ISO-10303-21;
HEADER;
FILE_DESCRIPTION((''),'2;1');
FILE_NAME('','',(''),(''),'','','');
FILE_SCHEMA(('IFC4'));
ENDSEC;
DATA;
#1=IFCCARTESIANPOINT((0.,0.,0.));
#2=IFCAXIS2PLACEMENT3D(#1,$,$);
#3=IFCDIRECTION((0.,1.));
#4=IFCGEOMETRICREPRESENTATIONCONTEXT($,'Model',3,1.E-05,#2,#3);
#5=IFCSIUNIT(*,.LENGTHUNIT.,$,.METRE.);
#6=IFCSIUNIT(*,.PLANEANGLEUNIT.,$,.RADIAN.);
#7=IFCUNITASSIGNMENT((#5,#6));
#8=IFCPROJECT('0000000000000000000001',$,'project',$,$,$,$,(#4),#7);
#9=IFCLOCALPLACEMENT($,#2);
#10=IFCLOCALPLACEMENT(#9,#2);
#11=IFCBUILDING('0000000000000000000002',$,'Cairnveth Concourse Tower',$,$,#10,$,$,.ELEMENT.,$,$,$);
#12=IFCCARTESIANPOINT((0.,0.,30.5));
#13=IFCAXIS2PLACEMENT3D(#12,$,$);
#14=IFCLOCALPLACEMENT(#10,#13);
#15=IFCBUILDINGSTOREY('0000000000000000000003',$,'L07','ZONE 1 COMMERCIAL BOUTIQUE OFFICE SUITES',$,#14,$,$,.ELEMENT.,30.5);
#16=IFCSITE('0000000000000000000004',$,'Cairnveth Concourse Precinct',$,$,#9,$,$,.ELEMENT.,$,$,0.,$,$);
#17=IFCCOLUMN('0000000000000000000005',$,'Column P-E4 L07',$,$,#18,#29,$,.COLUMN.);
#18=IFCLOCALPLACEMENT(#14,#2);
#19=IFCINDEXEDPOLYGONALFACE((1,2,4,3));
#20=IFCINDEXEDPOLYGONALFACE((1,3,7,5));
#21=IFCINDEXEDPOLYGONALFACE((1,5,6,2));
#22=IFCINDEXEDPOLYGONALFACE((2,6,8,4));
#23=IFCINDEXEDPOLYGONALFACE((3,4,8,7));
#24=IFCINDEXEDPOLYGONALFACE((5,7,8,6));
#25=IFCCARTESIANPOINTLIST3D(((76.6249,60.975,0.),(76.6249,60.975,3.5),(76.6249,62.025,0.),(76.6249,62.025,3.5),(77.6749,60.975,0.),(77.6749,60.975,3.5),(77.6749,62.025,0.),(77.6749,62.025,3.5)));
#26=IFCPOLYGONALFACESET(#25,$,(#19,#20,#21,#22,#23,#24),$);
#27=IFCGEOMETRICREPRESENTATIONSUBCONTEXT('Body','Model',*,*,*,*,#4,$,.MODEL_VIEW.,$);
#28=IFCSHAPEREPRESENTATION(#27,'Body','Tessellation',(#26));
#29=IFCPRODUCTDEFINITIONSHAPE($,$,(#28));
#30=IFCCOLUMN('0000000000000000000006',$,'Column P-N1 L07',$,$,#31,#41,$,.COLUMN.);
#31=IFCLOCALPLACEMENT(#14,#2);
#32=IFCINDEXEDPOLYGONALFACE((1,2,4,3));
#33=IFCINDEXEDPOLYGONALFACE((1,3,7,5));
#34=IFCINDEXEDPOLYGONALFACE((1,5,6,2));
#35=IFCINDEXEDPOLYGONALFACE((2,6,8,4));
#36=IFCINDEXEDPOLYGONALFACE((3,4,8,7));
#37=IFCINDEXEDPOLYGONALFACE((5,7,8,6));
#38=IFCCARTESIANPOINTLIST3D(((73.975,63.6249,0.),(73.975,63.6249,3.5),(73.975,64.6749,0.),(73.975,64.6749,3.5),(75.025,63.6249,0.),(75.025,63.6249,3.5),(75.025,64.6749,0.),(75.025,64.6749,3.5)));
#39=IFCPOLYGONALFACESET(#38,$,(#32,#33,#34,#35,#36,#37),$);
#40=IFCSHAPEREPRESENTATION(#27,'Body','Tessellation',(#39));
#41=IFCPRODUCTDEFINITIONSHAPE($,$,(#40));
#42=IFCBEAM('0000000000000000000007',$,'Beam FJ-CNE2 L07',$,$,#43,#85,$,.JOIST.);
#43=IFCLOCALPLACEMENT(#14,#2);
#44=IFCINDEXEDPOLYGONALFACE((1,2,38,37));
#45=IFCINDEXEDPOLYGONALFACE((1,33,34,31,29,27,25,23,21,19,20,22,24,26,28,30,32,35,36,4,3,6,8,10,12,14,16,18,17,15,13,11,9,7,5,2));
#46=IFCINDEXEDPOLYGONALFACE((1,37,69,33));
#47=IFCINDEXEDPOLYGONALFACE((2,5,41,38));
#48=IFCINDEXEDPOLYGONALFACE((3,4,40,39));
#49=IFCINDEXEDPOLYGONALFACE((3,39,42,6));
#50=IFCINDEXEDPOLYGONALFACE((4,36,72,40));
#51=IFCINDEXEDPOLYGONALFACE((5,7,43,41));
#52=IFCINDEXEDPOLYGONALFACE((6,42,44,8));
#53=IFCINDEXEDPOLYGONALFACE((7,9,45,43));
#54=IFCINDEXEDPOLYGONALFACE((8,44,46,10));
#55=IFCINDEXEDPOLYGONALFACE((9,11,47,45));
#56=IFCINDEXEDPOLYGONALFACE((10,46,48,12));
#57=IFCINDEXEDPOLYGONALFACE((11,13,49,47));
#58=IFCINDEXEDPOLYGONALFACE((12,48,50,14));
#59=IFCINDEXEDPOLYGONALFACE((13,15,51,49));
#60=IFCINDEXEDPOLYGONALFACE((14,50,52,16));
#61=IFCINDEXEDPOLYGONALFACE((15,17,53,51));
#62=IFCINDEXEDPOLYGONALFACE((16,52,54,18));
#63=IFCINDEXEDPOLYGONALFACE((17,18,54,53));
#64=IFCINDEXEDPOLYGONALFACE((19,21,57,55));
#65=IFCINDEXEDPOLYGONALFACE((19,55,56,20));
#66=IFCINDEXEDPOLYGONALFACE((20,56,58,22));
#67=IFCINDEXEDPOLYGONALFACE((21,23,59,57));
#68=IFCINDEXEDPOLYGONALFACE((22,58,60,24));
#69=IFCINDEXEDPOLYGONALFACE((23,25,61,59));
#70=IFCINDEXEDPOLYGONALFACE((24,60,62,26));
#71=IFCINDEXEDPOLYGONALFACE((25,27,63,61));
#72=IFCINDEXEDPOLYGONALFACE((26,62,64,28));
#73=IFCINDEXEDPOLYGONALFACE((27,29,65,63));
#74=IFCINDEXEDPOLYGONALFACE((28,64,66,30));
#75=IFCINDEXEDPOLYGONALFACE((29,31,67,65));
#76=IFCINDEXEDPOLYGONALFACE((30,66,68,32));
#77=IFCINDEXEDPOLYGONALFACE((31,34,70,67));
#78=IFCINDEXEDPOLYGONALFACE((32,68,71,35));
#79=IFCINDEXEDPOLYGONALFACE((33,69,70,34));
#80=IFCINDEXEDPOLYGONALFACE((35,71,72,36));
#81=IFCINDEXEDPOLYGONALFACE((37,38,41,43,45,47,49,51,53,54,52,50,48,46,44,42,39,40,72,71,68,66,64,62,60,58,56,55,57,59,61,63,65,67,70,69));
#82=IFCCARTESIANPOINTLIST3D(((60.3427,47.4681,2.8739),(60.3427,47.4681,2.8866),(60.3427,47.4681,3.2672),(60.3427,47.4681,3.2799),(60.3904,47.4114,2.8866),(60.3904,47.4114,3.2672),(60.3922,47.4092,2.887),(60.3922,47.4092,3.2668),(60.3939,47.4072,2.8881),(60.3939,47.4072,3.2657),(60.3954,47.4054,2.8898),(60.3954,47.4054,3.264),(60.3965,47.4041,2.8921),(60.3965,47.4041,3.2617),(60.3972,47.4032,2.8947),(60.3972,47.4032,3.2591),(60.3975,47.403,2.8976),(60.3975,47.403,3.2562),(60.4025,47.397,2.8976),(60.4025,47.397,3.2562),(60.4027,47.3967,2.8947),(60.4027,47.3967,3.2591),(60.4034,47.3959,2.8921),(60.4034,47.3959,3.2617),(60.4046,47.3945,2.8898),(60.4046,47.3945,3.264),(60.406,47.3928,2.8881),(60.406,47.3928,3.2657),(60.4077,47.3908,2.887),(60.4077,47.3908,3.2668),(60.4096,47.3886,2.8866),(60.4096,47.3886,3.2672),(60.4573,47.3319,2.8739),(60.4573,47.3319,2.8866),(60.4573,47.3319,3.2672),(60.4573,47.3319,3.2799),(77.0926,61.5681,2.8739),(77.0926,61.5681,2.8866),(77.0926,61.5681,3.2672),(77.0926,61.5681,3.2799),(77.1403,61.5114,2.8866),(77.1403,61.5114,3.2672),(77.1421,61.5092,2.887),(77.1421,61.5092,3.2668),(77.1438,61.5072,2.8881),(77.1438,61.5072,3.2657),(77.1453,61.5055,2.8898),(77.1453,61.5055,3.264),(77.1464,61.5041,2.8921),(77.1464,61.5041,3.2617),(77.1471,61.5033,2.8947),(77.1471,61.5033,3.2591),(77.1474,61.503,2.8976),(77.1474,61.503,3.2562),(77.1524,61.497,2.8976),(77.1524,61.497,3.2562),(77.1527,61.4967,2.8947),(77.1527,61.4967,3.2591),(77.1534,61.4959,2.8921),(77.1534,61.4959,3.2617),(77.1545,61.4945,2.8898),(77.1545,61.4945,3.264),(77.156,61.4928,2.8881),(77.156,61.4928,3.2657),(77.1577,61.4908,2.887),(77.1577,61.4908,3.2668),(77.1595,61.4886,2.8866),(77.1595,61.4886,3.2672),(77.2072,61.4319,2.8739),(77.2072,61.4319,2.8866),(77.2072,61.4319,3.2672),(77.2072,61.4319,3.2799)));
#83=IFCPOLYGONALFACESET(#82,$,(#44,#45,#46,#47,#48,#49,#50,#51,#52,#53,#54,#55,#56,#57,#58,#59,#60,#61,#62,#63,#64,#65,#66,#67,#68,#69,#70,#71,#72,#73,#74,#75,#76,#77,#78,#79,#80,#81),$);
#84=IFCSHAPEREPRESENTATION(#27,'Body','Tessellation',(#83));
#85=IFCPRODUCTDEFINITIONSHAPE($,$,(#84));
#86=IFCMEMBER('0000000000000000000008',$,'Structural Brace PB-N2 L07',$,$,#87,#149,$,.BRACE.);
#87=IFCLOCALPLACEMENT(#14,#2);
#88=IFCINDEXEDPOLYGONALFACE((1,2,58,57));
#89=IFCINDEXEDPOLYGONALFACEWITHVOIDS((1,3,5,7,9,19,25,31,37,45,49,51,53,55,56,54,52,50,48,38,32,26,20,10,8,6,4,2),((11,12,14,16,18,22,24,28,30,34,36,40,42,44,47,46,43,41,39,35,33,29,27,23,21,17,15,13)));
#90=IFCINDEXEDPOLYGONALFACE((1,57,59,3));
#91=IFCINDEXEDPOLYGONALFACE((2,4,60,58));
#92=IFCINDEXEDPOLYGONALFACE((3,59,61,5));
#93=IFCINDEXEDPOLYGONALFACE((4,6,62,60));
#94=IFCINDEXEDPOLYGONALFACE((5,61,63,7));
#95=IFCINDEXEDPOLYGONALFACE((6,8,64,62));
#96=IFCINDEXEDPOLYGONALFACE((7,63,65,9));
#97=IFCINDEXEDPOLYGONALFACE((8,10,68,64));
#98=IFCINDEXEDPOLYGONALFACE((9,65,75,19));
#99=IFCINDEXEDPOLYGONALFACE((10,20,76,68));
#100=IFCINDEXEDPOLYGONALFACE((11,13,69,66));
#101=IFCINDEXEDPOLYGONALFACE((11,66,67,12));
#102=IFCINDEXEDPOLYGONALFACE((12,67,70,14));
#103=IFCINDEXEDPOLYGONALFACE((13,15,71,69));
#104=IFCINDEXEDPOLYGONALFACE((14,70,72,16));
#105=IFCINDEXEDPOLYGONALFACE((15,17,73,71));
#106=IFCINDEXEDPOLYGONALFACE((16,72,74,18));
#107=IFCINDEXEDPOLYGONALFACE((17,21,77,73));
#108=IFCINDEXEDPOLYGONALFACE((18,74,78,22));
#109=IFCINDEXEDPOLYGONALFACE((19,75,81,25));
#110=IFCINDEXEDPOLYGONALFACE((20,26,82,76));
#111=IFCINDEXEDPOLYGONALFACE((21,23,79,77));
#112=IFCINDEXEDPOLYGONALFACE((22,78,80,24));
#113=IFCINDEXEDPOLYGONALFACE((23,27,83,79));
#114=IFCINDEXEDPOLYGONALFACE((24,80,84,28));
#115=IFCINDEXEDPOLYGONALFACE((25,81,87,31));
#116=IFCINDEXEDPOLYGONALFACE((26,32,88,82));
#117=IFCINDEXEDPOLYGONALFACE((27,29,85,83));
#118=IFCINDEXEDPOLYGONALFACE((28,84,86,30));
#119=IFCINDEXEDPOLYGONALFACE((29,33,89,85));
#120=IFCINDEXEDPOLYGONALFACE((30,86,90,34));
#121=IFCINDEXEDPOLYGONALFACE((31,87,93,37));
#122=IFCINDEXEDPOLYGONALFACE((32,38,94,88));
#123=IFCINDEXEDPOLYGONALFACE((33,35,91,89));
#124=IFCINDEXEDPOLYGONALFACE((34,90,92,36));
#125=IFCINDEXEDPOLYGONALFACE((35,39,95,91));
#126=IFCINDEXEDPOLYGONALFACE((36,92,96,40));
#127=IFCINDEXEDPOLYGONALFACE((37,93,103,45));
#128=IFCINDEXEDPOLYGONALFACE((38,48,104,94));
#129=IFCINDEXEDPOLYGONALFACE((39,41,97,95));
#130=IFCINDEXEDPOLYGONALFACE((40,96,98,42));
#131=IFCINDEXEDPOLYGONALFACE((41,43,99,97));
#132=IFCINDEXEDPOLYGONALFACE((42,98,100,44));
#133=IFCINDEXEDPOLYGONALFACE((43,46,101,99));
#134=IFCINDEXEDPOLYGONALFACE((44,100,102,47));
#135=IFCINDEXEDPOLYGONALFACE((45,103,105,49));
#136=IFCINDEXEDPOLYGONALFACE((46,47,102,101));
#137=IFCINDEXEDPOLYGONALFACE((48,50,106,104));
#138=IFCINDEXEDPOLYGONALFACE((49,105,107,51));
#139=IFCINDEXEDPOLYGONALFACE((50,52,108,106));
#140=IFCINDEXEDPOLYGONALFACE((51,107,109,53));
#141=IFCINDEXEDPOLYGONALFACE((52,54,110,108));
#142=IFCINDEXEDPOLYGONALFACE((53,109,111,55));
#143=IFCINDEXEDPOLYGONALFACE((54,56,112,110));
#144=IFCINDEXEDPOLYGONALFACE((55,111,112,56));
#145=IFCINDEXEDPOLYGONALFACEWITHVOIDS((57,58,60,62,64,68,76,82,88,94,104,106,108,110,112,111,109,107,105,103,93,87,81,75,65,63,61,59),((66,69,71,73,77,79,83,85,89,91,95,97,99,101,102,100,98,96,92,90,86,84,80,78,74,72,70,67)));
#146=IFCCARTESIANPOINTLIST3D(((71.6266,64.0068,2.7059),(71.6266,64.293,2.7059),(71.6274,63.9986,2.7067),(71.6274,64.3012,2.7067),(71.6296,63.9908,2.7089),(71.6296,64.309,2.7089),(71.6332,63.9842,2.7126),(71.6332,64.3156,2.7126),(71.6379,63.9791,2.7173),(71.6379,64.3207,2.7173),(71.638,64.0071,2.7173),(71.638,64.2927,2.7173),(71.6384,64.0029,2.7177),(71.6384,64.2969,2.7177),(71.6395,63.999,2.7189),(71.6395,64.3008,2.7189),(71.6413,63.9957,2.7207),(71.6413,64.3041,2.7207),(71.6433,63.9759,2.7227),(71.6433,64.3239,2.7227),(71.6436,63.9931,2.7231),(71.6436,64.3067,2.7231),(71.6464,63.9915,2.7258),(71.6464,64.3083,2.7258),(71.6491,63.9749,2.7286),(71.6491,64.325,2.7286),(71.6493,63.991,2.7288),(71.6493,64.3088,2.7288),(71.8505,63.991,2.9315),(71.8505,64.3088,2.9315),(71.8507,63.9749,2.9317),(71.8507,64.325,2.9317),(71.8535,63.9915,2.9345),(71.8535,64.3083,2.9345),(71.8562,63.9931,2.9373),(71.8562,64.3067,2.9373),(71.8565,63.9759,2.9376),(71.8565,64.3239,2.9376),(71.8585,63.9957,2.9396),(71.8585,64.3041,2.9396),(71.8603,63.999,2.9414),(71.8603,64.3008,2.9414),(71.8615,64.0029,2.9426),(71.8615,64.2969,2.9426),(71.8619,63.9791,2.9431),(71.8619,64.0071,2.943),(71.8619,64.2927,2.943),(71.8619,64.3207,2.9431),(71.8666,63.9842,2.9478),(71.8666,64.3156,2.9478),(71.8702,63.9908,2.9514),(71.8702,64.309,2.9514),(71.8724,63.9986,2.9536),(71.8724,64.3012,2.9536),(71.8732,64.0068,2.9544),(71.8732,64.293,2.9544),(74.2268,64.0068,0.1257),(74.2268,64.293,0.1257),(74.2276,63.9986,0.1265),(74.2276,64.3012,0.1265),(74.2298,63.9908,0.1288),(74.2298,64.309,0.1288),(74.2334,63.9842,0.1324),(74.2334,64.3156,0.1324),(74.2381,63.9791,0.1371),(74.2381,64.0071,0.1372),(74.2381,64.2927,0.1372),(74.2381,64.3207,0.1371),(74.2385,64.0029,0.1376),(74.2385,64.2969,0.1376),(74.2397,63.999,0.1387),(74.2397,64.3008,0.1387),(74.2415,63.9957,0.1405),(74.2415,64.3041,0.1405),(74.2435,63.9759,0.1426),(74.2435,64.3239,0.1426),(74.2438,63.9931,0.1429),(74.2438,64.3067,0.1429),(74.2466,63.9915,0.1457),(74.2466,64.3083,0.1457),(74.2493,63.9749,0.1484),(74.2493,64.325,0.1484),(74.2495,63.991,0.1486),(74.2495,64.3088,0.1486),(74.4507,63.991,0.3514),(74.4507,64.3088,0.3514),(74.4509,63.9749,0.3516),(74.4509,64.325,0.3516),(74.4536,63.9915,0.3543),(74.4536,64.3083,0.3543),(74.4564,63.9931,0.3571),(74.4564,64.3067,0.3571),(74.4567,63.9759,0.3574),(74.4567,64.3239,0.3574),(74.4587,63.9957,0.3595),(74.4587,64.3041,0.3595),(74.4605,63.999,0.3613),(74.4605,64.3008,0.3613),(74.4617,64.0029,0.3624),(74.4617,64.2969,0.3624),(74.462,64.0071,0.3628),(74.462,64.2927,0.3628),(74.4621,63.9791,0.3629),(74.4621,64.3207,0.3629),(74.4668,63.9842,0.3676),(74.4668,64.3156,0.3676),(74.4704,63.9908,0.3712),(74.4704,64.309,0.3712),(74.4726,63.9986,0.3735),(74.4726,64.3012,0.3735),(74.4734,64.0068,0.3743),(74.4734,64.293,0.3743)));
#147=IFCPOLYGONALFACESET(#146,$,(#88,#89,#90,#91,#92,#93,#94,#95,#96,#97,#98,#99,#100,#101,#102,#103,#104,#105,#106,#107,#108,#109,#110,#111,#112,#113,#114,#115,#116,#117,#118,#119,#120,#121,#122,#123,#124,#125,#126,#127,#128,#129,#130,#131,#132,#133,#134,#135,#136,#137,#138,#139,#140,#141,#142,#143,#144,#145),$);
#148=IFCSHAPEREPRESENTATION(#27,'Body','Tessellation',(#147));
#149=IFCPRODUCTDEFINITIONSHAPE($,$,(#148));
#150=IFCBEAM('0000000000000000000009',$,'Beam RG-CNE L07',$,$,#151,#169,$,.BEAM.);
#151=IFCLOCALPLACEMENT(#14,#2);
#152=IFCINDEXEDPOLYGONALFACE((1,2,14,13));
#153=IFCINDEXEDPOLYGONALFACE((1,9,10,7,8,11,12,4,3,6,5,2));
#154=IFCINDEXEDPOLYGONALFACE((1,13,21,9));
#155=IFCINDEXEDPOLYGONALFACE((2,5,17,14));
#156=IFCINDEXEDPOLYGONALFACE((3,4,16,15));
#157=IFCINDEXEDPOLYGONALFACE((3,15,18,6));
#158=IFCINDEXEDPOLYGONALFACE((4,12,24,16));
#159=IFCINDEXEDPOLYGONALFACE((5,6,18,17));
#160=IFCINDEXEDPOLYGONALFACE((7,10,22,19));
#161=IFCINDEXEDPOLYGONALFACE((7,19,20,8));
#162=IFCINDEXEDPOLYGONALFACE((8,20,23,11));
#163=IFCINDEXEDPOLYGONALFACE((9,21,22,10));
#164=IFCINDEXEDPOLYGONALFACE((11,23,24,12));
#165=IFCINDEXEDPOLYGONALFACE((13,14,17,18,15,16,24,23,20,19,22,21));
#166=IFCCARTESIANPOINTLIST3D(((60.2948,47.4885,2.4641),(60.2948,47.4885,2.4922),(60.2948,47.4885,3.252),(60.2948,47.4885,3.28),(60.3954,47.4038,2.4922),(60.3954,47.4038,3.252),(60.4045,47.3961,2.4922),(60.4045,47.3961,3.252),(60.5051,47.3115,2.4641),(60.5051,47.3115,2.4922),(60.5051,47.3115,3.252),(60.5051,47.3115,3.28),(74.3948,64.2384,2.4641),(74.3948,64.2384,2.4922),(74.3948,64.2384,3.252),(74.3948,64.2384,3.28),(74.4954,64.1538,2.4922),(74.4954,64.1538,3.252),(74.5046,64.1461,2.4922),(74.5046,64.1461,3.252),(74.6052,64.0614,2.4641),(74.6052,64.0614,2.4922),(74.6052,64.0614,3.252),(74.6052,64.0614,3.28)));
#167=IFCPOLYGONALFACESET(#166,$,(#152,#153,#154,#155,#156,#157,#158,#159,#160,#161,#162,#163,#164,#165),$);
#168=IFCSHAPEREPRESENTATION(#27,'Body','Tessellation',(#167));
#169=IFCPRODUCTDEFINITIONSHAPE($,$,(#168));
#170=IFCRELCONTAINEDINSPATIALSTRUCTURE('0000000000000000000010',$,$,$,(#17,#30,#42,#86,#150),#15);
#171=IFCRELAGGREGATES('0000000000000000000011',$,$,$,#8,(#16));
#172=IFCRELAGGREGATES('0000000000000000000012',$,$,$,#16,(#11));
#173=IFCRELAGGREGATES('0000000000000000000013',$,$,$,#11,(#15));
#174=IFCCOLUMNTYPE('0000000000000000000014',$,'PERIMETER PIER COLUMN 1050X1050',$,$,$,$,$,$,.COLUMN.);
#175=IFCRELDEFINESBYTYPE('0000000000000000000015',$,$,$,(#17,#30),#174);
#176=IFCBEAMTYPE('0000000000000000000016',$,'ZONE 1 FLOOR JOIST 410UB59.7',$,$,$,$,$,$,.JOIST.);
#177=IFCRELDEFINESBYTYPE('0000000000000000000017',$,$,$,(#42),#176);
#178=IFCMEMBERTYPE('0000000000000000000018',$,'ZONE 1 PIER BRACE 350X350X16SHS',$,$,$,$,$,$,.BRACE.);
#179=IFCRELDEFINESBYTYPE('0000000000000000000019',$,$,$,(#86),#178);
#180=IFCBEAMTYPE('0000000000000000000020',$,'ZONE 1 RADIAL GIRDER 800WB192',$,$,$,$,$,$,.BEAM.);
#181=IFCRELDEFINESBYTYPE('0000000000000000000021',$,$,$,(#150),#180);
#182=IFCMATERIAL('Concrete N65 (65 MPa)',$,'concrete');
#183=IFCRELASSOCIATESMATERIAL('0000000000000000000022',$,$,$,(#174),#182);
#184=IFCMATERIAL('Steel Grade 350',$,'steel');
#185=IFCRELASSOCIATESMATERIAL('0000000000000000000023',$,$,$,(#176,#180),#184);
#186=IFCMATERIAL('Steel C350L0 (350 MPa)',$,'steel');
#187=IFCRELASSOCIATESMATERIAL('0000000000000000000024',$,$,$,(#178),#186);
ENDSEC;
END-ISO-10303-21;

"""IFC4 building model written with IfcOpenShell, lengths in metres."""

from ifc_helpers import new_model, si_unit, direction, frame, origin, origin_2d, place, context, subcontext, project, spatial, rectangle, hollow_rectangle, i_section, extrude, material, material_profile, profile_set, type_object, element, save


model = new_model("IFC4")

# Units and contexts
model_context = context("Model", 3, precision=1e-05, world=origin(), true_north=direction((0.0, 1.0)))
body_context = subcontext(model_context, "Body", "Model", "MODEL_VIEW")
ifc_project = project(units=[si_unit("LENGTHUNIT", "METRE"), si_unit("PLANEANGLEUNIT", "RADIAN")], contexts=[model_context])

# Site, building, storey
site_placement = place(None, origin())
site = spatial("IfcSite", under=ifc_project, at=site_placement, Name="Cairnveth Concourse Precinct", CompositionType="ELEMENT", RefElevation=0.0)
building_placement = place(site_placement, origin())
building = spatial("IfcBuilding", under=site, at=building_placement, Name="Cairnveth Concourse Tower", CompositionType="ELEMENT")
storey_placement = place(building_placement, frame((0.0, 0.0, 30.5)))
storey = spatial("IfcBuildingStorey", under=building, at=storey_placement, Name="L07", Description="ZONE 1 COMMERCIAL BOUTIQUE OFFICE SUITES", CompositionType="ELEMENT", Elevation=30.5)

# Columns
ifc_material_1 = material(Name="Concrete N65 (65 MPa)", Category="concrete")
ifc_material_profile_1 = material_profile(ifc_material_1, rectangle(XDim=1.05, YDim=1.05, at=origin_2d()), Name="RC-COL-1050x1050")
ifc_profile_set_1 = profile_set([ifc_material_profile_1], Name="Concrete N65 (65 MPa)")
column_type = type_object("IfcColumnType", Name="PERIMETER PIER COLUMN 1050X1050", PredefinedType="COLUMN", material=ifc_profile_set_1)
for number, where, z_axis, x_axis, name in (
    (1, (77.1499, 61.5, 0.0), (0.0, 0.0, 1.0), (0.0, 1.0, 0.0), "Column P-E4 L07"),
    (2, (74.5, 64.1499, 0.0), (0.0, 0.0, 1.0), (1.0, 0.0, 0.0), "Column P-N1 L07"),
):
    element("IfcColumn", number, at=place(storey_placement, frame(where, z_axis=z_axis, x_axis=x_axis)), inside=storey, type_object=column_type, Name=name, PredefinedType="COLUMN", context=body_context, shape_type="SweptSolid", body=[
        extrude(rectangle(XDim=1.05, YDim=1.05, at=origin_2d()), origin(), (0.0, 0.0, 1.0), 3.5),
    ])

# Beam
ifc_material_2 = material(Name="Steel Grade 350", Category="steel")
ifc_material_profile_2 = material_profile(ifc_material_2, i_section(OverallWidth=0.178, OverallDepth=0.406, WebThickness=0.0078, FlangeThickness=0.0127, FilletRadius=0.011, at=origin_2d()), Name="410UB59.7")
ifc_profile_set_2 = profile_set([ifc_material_profile_2], Name="Steel Grade 350")
beam_type_1 = type_object("IfcBeamType", Name="ZONE 1 FLOOR JOIST 410UB59.7", PredefinedType="JOIST", material=ifc_profile_set_2)
beam_1_placement = place(storey_placement, frame((77.1499, 61.5, 3.0769), z_axis=(-0.765027, -0.643998, 0.0), x_axis=(0.643998, -0.765027, 0.0)))
element("IfcBeam", 3, at=beam_1_placement, inside=storey, type_object=beam_type_1, Name="Beam FJ-CNE2 L07", PredefinedType="JOIST", context=body_context, shape_type="SweptSolid", body=[
    extrude(i_section(OverallWidth=0.178, OverallDepth=0.406, WebThickness=0.0078, FlangeThickness=0.0127, FilletRadius=0.011, at=origin_2d()), origin(), (0.0, 0.0, 1.0), 21.8945),
])

# Member
ifc_material_3 = material(Name="Steel C350L0 (350 MPa)", Category="steel")
ifc_material_profile_3 = material_profile(ifc_material_3, hollow_rectangle(XDim=0.3501, YDim=0.3501, WallThickness=0.0161, InnerFilletRadius=0.0161, OuterFilletRadius=0.032, at=origin_2d()), Name="350x350x16.0SHS")
ifc_profile_set_3 = profile_set([ifc_material_profile_3], Name="Steel C350L0 (350 MPa)")
member_type = type_object("IfcMemberType", Name="ZONE 1 PIER BRACE 350X350X16SHS", PredefinedType="BRACE", material=ifc_profile_set_3)
member_placement = place(storey_placement, frame((74.3501, 64.1499, 0.25), z_axis=(-0.709834, 0.0, 0.704369), x_axis=(0.0, -1.0, 0.0)))
element("IfcMember", 4, at=member_placement, inside=storey, type_object=member_type, Name="Structural Brace PB-N2 L07", PredefinedType="BRACE", context=body_context, shape_type="SweptSolid", body=[
    extrude(hollow_rectangle(XDim=0.3501, YDim=0.3501, WallThickness=0.0161, InnerFilletRadius=0.0161, OuterFilletRadius=0.032, at=origin_2d()), origin(), (0.0, 0.0, 1.0), 3.6631),
])

# Beam
ifc_material_profile_4 = material_profile(ifc_material_2, i_section(OverallWidth=0.2749, OverallDepth=0.8159, WebThickness=0.012, FlangeThickness=0.0281, at=origin_2d()), Name="800WB192")
ifc_profile_set_4 = profile_set([ifc_material_profile_4], Name="Steel Grade 350")
beam_type_2 = type_object("IfcBeamType", Name="ZONE 1 RADIAL GIRDER 800WB192", PredefinedType="BEAM", material=ifc_profile_set_4)
beam_2_placement = place(storey_placement, frame((74.5, 64.1499, 2.8721), z_axis=(-0.643998, -0.765027, 0.0), x_axis=(0.765027, -0.643998, 0.0)))
element("IfcBeam", 5, at=beam_2_placement, inside=storey, type_object=beam_type_2, Name="Beam RG-CNE L07", PredefinedType="BEAM", context=body_context, shape_type="SweptSolid", body=[
    extrude(i_section(OverallWidth=0.2749, OverallDepth=0.8159, WebThickness=0.012, FlangeThickness=0.0281, at=origin_2d()), origin(), (0.0, 0.0, 1.0), 21.8945),
])

save(model, "model.ifc")
